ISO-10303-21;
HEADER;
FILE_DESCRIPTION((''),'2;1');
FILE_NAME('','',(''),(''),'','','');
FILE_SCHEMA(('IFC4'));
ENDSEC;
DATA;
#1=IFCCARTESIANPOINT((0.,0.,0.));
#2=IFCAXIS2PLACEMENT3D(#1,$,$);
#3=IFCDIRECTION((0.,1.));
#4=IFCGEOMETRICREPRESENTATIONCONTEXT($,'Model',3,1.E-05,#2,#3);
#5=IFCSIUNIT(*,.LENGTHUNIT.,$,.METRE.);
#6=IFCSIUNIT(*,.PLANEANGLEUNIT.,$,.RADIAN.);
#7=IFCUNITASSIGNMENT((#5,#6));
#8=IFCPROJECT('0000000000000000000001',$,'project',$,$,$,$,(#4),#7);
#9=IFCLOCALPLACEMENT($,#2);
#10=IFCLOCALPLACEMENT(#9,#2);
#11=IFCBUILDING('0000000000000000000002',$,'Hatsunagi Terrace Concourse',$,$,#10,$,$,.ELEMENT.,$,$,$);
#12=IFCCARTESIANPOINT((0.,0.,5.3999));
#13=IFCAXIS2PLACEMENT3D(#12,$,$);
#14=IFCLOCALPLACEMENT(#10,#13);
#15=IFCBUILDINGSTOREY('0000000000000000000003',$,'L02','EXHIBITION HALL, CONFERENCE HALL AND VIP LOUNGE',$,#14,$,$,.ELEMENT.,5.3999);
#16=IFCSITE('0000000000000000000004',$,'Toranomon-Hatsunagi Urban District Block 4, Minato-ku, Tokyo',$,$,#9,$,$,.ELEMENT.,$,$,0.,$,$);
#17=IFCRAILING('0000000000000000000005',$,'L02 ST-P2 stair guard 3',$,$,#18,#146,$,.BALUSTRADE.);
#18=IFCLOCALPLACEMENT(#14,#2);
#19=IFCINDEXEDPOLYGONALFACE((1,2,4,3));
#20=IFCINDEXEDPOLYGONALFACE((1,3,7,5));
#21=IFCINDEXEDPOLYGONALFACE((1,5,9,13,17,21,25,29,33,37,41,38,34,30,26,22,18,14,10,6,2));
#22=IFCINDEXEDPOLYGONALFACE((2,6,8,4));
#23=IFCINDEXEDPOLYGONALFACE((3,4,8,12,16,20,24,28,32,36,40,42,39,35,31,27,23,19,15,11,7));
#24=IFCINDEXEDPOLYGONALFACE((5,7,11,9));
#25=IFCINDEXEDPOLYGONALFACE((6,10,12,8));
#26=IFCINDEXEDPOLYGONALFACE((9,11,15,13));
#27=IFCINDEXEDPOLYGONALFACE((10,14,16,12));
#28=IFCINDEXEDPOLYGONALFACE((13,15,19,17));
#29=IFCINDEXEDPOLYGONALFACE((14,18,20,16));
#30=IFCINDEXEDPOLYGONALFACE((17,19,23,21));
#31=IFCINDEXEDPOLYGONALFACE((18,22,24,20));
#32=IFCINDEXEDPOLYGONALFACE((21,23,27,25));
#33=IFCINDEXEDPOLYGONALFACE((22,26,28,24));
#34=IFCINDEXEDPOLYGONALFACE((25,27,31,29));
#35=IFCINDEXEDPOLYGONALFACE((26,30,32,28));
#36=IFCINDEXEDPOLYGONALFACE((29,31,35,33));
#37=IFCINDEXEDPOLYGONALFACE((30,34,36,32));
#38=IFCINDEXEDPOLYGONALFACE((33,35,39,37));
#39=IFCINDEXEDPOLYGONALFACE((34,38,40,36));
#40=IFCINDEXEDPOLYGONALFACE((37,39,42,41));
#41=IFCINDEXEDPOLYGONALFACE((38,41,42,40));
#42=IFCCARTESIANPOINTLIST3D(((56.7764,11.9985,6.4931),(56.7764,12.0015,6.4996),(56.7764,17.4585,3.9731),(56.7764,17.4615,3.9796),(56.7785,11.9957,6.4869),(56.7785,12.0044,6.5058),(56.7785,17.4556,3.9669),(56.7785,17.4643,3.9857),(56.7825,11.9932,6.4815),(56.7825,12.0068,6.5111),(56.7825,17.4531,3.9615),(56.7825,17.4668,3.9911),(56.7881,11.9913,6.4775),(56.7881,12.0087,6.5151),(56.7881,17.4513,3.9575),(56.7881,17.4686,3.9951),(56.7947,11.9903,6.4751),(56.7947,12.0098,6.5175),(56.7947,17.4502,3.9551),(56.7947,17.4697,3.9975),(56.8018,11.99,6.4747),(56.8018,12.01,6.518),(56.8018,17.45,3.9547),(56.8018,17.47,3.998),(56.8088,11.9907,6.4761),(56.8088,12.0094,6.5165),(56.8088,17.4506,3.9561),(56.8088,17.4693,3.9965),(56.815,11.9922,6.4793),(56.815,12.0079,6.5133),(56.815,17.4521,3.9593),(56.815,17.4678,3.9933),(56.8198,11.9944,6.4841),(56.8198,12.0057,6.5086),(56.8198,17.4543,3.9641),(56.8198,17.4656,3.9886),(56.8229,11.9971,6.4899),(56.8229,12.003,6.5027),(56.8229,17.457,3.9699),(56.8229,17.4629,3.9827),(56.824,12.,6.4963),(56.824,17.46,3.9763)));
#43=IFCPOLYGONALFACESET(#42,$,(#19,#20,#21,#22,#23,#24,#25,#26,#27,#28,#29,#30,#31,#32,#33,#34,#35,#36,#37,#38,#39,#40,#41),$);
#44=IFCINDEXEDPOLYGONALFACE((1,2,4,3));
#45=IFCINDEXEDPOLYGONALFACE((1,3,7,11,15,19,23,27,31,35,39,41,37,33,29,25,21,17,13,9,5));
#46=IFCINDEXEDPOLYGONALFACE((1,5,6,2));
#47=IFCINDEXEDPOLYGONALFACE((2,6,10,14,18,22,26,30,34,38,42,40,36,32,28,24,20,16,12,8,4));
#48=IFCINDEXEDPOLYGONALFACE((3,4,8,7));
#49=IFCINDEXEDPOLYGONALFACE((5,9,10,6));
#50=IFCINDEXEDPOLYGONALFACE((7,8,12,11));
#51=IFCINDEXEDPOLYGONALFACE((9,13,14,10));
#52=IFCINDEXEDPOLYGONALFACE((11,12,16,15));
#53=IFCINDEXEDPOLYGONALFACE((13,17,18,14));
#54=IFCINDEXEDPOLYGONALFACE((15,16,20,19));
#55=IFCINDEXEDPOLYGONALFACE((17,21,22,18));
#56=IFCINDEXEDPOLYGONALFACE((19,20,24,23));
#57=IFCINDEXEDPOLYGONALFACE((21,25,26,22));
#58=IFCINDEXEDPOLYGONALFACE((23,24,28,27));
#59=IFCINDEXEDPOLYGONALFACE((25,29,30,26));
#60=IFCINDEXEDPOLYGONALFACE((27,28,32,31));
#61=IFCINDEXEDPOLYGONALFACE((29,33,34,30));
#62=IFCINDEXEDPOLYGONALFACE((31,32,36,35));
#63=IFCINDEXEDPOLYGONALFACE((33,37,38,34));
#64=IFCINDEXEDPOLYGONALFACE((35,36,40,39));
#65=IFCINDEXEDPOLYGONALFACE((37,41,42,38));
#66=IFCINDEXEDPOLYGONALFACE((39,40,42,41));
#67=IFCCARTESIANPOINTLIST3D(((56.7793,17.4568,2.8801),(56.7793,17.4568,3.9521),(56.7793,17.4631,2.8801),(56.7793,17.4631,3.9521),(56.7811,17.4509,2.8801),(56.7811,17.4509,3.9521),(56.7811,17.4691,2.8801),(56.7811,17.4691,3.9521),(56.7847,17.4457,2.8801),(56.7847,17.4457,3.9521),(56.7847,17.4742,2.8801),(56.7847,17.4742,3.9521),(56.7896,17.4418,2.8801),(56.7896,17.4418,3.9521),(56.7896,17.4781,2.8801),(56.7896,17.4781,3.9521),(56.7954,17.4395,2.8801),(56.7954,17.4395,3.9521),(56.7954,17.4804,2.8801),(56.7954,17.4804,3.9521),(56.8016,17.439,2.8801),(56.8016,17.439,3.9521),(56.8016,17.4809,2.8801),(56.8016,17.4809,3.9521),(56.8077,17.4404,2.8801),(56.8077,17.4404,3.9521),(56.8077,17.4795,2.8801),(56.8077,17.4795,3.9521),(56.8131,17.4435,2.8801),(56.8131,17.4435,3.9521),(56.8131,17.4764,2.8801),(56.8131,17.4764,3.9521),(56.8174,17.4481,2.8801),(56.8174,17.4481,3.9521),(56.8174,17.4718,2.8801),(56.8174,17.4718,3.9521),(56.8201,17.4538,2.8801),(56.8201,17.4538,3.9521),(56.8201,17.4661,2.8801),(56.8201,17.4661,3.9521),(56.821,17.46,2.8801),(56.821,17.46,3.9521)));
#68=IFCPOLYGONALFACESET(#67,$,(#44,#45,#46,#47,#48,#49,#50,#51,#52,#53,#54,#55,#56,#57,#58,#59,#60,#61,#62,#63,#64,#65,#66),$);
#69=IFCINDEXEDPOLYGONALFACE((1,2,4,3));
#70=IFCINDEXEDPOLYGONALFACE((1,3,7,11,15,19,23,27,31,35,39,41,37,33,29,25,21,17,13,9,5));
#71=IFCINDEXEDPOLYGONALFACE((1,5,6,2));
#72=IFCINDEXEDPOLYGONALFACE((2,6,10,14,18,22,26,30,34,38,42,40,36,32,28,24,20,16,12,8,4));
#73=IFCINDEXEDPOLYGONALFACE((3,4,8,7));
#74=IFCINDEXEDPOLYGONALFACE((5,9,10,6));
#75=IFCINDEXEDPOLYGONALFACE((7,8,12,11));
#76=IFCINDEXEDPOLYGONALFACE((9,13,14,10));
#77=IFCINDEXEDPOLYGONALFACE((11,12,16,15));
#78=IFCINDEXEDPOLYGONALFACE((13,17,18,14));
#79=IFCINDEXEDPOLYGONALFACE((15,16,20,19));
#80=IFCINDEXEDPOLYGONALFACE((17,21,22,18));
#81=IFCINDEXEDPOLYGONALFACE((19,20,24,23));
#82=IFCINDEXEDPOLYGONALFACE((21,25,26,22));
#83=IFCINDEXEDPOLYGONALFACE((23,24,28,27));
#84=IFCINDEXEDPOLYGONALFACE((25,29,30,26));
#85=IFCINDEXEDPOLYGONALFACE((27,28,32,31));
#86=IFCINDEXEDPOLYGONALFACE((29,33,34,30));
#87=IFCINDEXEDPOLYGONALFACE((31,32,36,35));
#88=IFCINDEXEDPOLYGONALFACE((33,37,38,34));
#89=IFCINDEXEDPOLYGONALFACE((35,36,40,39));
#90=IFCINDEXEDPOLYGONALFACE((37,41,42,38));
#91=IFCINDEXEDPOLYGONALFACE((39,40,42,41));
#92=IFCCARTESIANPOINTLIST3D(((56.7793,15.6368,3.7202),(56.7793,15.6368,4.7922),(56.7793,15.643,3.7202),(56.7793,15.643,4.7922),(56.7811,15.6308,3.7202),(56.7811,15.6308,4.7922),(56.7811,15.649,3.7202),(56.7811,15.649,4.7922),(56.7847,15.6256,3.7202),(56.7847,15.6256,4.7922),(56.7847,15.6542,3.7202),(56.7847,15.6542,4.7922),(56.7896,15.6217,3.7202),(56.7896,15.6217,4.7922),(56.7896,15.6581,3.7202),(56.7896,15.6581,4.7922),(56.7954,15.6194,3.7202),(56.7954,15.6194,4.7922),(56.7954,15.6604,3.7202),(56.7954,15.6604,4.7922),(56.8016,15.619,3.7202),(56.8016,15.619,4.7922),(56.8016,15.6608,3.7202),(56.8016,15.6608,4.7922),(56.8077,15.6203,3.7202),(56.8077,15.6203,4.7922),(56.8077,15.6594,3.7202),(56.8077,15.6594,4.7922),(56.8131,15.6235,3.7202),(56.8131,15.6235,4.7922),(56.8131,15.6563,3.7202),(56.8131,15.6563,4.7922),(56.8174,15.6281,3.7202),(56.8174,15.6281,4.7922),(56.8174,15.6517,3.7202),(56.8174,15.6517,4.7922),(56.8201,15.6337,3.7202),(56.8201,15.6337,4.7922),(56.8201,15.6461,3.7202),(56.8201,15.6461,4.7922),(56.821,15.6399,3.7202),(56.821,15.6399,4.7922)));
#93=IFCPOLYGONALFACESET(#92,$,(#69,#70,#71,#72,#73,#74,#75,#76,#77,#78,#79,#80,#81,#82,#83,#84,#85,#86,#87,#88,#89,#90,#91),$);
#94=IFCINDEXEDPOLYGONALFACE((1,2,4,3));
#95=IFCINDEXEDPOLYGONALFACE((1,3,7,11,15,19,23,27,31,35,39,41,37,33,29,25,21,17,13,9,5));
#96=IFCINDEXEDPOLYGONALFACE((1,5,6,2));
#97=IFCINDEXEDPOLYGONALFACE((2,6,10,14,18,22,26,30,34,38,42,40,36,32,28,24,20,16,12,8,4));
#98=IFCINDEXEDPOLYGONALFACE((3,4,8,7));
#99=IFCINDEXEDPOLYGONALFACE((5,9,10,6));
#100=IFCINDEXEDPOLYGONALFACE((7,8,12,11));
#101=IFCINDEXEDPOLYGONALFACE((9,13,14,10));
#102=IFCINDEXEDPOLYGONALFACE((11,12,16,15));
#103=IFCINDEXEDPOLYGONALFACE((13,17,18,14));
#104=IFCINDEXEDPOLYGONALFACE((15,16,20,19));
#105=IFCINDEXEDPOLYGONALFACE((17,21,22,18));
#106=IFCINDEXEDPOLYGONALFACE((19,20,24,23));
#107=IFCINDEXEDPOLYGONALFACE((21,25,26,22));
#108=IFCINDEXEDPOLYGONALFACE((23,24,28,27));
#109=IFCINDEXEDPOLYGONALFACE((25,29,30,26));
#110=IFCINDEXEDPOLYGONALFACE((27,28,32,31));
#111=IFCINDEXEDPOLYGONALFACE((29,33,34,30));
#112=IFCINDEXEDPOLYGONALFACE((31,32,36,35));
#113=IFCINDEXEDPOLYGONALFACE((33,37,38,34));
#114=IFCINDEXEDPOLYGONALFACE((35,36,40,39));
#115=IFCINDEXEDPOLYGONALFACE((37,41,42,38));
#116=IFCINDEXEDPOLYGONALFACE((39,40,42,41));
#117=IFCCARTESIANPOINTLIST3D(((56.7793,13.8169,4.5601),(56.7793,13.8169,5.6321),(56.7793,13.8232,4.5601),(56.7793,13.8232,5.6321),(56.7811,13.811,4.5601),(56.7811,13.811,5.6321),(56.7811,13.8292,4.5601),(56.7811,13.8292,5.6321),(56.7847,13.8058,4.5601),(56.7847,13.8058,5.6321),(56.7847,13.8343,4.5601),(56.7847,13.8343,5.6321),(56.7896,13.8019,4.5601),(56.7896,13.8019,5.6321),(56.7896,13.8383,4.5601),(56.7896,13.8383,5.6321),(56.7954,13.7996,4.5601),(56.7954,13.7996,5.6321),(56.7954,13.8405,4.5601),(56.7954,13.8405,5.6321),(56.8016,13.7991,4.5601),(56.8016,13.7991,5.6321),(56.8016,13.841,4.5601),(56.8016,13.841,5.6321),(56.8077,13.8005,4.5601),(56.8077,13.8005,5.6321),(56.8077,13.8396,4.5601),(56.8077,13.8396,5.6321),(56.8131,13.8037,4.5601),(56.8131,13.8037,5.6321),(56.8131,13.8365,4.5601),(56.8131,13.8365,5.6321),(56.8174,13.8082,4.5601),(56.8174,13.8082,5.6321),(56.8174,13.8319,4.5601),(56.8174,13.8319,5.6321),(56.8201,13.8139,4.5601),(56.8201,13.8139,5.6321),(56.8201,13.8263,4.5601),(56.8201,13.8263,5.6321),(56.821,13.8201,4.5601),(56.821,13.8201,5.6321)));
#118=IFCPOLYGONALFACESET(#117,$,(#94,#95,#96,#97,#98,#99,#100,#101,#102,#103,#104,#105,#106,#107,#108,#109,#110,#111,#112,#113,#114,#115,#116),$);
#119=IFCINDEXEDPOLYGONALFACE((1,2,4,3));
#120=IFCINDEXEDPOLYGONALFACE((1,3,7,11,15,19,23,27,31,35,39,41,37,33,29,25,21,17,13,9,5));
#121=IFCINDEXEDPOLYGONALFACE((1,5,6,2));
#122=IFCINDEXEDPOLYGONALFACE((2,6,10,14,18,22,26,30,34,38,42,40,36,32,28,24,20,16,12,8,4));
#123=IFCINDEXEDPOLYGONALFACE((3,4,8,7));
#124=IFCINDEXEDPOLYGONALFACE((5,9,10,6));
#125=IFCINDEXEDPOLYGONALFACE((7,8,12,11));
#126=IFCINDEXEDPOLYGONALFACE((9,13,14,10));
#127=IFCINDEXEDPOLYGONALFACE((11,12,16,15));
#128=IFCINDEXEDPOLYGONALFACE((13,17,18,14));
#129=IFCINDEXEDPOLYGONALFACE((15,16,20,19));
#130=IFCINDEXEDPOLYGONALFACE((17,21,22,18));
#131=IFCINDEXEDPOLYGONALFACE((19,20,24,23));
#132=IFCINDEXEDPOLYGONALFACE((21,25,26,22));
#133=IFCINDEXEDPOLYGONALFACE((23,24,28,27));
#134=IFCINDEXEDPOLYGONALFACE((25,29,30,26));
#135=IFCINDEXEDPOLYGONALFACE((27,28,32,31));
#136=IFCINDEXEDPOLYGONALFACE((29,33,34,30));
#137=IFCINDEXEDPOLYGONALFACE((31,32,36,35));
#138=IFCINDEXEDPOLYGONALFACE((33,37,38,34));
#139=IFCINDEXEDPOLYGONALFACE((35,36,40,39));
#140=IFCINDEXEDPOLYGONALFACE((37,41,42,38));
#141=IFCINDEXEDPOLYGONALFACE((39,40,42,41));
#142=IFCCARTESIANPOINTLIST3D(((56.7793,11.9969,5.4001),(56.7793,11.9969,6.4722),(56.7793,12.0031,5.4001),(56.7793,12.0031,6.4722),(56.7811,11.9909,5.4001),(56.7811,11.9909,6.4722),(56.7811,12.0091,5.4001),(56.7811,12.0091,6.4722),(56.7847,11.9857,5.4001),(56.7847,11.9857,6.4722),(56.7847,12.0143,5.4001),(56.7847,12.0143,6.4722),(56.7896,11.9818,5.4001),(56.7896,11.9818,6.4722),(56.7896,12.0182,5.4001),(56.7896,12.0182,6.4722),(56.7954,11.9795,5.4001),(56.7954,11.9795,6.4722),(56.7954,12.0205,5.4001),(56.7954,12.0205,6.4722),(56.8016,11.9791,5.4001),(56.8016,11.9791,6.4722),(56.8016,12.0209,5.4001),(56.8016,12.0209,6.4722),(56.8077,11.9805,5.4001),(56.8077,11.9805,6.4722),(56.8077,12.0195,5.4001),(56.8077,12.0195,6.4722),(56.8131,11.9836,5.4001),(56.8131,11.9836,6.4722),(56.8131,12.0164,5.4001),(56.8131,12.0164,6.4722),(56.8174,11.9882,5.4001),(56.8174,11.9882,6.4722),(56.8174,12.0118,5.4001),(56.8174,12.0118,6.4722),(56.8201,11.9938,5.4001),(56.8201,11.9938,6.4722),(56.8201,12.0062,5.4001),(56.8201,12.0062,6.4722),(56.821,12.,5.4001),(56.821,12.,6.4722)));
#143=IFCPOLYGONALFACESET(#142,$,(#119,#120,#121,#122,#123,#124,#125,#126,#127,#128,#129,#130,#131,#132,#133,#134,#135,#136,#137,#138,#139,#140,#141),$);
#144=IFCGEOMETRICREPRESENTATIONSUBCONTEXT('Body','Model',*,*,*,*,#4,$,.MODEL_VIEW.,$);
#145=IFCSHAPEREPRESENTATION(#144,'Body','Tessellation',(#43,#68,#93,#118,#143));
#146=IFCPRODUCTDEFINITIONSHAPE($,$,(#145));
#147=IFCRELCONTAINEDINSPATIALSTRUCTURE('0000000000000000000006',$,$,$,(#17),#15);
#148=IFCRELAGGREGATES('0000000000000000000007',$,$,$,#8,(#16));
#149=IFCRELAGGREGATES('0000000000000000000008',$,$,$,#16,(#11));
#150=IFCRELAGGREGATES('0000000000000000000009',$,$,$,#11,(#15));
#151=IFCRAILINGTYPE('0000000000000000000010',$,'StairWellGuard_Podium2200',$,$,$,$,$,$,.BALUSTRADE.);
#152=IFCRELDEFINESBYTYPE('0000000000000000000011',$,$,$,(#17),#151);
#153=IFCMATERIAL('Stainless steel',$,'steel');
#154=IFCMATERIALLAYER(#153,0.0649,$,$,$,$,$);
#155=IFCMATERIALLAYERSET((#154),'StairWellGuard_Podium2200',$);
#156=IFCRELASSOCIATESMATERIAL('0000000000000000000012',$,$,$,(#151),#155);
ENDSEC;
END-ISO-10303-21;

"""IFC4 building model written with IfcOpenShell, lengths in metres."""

from ifc_helpers import new_model, si_unit, direction, frame, origin, origin_2d, place, context, subcontext, project, spatial, circle, extrude, material, layer, layer_set, type_object, element, save


model = new_model("IFC4")

# Units and contexts
model_context = context("Model", 3, precision=1e-05, world=origin(), true_north=direction((0.0, 1.0)))
body_context = subcontext(model_context, "Body", "Model", "MODEL_VIEW")
ifc_project = project(units=[si_unit("LENGTHUNIT", "METRE"), si_unit("PLANEANGLEUNIT", "RADIAN")], contexts=[model_context])

# Site, building, storey
site_placement = place(None, origin())
site = spatial("IfcSite", under=ifc_project, at=site_placement, Name="Toranomon-Hatsunagi Urban District Block 4, Minato-ku, Tokyo", CompositionType="ELEMENT", RefElevation=0.0)
building_placement = place(site_placement, origin())
building = spatial("IfcBuilding", under=site, at=building_placement, Name="Hatsunagi Terrace Concourse", CompositionType="ELEMENT")
storey_placement = place(building_placement, frame((0.0, 0.0, 5.3999)))
storey = spatial("IfcBuildingStorey", under=building, at=storey_placement, Name="L02", Description="EXHIBITION HALL, CONFERENCE HALL AND VIP LOUNGE", CompositionType="ELEMENT", Elevation=5.3999)

# Railing
ifc_material_1 = material(Name="Stainless steel", Category="steel")
ifc_layer_1 = layer(ifc_material_1, 0.0649)
ifc_layer_set_1 = layer_set([ifc_layer_1], Name="StairWellGuard_Podium2200")
railing_type_1 = type_object("IfcRailingType", Name="StairWellGuard_Podium2200", PredefinedType="BALUSTRADE", material=ifc_layer_set_1)
railing_1_placement = place(storey_placement, frame((56.8, 17.46, 2.8801)))
element("IfcRailing", 1, at=railing_1_placement, inside=storey, type_object=railing_type_1, Name="L02 ST-P2 stair guard 3", PredefinedType="BALUSTRADE", context=body_context, shape_type="SweptSolid", body=[
    extrude(circle(Radius=0.0239, at=origin_2d()), frame((0.0, 0.0, 1.0962), z_axis=(0.0, -0.907957, 0.419063), x_axis=(1.0, 0.0, 0.0)), (0.0, 0.0, 1.0), 6.0134),
    extrude(circle(Radius=0.021, at=origin_2d()), origin(), (0.0, 0.0, 1.0), 1.072),
    extrude(circle(Radius=0.021, at=origin_2d()), frame((0.0, -1.8201, 0.8401)), (0.0, 0.0, 1.0), 1.072),
    extrude(circle(Radius=0.021, at=origin_2d()), frame((0.0, -3.6399, 1.6799)), (0.0, 0.0, 1.0), 1.072),
    extrude(circle(Radius=0.021, at=origin_2d()), frame((0.0, -5.46, 2.52)), (0.0, 0.0, 1.0), 1.072),
])

save(model, "model.ifc")
